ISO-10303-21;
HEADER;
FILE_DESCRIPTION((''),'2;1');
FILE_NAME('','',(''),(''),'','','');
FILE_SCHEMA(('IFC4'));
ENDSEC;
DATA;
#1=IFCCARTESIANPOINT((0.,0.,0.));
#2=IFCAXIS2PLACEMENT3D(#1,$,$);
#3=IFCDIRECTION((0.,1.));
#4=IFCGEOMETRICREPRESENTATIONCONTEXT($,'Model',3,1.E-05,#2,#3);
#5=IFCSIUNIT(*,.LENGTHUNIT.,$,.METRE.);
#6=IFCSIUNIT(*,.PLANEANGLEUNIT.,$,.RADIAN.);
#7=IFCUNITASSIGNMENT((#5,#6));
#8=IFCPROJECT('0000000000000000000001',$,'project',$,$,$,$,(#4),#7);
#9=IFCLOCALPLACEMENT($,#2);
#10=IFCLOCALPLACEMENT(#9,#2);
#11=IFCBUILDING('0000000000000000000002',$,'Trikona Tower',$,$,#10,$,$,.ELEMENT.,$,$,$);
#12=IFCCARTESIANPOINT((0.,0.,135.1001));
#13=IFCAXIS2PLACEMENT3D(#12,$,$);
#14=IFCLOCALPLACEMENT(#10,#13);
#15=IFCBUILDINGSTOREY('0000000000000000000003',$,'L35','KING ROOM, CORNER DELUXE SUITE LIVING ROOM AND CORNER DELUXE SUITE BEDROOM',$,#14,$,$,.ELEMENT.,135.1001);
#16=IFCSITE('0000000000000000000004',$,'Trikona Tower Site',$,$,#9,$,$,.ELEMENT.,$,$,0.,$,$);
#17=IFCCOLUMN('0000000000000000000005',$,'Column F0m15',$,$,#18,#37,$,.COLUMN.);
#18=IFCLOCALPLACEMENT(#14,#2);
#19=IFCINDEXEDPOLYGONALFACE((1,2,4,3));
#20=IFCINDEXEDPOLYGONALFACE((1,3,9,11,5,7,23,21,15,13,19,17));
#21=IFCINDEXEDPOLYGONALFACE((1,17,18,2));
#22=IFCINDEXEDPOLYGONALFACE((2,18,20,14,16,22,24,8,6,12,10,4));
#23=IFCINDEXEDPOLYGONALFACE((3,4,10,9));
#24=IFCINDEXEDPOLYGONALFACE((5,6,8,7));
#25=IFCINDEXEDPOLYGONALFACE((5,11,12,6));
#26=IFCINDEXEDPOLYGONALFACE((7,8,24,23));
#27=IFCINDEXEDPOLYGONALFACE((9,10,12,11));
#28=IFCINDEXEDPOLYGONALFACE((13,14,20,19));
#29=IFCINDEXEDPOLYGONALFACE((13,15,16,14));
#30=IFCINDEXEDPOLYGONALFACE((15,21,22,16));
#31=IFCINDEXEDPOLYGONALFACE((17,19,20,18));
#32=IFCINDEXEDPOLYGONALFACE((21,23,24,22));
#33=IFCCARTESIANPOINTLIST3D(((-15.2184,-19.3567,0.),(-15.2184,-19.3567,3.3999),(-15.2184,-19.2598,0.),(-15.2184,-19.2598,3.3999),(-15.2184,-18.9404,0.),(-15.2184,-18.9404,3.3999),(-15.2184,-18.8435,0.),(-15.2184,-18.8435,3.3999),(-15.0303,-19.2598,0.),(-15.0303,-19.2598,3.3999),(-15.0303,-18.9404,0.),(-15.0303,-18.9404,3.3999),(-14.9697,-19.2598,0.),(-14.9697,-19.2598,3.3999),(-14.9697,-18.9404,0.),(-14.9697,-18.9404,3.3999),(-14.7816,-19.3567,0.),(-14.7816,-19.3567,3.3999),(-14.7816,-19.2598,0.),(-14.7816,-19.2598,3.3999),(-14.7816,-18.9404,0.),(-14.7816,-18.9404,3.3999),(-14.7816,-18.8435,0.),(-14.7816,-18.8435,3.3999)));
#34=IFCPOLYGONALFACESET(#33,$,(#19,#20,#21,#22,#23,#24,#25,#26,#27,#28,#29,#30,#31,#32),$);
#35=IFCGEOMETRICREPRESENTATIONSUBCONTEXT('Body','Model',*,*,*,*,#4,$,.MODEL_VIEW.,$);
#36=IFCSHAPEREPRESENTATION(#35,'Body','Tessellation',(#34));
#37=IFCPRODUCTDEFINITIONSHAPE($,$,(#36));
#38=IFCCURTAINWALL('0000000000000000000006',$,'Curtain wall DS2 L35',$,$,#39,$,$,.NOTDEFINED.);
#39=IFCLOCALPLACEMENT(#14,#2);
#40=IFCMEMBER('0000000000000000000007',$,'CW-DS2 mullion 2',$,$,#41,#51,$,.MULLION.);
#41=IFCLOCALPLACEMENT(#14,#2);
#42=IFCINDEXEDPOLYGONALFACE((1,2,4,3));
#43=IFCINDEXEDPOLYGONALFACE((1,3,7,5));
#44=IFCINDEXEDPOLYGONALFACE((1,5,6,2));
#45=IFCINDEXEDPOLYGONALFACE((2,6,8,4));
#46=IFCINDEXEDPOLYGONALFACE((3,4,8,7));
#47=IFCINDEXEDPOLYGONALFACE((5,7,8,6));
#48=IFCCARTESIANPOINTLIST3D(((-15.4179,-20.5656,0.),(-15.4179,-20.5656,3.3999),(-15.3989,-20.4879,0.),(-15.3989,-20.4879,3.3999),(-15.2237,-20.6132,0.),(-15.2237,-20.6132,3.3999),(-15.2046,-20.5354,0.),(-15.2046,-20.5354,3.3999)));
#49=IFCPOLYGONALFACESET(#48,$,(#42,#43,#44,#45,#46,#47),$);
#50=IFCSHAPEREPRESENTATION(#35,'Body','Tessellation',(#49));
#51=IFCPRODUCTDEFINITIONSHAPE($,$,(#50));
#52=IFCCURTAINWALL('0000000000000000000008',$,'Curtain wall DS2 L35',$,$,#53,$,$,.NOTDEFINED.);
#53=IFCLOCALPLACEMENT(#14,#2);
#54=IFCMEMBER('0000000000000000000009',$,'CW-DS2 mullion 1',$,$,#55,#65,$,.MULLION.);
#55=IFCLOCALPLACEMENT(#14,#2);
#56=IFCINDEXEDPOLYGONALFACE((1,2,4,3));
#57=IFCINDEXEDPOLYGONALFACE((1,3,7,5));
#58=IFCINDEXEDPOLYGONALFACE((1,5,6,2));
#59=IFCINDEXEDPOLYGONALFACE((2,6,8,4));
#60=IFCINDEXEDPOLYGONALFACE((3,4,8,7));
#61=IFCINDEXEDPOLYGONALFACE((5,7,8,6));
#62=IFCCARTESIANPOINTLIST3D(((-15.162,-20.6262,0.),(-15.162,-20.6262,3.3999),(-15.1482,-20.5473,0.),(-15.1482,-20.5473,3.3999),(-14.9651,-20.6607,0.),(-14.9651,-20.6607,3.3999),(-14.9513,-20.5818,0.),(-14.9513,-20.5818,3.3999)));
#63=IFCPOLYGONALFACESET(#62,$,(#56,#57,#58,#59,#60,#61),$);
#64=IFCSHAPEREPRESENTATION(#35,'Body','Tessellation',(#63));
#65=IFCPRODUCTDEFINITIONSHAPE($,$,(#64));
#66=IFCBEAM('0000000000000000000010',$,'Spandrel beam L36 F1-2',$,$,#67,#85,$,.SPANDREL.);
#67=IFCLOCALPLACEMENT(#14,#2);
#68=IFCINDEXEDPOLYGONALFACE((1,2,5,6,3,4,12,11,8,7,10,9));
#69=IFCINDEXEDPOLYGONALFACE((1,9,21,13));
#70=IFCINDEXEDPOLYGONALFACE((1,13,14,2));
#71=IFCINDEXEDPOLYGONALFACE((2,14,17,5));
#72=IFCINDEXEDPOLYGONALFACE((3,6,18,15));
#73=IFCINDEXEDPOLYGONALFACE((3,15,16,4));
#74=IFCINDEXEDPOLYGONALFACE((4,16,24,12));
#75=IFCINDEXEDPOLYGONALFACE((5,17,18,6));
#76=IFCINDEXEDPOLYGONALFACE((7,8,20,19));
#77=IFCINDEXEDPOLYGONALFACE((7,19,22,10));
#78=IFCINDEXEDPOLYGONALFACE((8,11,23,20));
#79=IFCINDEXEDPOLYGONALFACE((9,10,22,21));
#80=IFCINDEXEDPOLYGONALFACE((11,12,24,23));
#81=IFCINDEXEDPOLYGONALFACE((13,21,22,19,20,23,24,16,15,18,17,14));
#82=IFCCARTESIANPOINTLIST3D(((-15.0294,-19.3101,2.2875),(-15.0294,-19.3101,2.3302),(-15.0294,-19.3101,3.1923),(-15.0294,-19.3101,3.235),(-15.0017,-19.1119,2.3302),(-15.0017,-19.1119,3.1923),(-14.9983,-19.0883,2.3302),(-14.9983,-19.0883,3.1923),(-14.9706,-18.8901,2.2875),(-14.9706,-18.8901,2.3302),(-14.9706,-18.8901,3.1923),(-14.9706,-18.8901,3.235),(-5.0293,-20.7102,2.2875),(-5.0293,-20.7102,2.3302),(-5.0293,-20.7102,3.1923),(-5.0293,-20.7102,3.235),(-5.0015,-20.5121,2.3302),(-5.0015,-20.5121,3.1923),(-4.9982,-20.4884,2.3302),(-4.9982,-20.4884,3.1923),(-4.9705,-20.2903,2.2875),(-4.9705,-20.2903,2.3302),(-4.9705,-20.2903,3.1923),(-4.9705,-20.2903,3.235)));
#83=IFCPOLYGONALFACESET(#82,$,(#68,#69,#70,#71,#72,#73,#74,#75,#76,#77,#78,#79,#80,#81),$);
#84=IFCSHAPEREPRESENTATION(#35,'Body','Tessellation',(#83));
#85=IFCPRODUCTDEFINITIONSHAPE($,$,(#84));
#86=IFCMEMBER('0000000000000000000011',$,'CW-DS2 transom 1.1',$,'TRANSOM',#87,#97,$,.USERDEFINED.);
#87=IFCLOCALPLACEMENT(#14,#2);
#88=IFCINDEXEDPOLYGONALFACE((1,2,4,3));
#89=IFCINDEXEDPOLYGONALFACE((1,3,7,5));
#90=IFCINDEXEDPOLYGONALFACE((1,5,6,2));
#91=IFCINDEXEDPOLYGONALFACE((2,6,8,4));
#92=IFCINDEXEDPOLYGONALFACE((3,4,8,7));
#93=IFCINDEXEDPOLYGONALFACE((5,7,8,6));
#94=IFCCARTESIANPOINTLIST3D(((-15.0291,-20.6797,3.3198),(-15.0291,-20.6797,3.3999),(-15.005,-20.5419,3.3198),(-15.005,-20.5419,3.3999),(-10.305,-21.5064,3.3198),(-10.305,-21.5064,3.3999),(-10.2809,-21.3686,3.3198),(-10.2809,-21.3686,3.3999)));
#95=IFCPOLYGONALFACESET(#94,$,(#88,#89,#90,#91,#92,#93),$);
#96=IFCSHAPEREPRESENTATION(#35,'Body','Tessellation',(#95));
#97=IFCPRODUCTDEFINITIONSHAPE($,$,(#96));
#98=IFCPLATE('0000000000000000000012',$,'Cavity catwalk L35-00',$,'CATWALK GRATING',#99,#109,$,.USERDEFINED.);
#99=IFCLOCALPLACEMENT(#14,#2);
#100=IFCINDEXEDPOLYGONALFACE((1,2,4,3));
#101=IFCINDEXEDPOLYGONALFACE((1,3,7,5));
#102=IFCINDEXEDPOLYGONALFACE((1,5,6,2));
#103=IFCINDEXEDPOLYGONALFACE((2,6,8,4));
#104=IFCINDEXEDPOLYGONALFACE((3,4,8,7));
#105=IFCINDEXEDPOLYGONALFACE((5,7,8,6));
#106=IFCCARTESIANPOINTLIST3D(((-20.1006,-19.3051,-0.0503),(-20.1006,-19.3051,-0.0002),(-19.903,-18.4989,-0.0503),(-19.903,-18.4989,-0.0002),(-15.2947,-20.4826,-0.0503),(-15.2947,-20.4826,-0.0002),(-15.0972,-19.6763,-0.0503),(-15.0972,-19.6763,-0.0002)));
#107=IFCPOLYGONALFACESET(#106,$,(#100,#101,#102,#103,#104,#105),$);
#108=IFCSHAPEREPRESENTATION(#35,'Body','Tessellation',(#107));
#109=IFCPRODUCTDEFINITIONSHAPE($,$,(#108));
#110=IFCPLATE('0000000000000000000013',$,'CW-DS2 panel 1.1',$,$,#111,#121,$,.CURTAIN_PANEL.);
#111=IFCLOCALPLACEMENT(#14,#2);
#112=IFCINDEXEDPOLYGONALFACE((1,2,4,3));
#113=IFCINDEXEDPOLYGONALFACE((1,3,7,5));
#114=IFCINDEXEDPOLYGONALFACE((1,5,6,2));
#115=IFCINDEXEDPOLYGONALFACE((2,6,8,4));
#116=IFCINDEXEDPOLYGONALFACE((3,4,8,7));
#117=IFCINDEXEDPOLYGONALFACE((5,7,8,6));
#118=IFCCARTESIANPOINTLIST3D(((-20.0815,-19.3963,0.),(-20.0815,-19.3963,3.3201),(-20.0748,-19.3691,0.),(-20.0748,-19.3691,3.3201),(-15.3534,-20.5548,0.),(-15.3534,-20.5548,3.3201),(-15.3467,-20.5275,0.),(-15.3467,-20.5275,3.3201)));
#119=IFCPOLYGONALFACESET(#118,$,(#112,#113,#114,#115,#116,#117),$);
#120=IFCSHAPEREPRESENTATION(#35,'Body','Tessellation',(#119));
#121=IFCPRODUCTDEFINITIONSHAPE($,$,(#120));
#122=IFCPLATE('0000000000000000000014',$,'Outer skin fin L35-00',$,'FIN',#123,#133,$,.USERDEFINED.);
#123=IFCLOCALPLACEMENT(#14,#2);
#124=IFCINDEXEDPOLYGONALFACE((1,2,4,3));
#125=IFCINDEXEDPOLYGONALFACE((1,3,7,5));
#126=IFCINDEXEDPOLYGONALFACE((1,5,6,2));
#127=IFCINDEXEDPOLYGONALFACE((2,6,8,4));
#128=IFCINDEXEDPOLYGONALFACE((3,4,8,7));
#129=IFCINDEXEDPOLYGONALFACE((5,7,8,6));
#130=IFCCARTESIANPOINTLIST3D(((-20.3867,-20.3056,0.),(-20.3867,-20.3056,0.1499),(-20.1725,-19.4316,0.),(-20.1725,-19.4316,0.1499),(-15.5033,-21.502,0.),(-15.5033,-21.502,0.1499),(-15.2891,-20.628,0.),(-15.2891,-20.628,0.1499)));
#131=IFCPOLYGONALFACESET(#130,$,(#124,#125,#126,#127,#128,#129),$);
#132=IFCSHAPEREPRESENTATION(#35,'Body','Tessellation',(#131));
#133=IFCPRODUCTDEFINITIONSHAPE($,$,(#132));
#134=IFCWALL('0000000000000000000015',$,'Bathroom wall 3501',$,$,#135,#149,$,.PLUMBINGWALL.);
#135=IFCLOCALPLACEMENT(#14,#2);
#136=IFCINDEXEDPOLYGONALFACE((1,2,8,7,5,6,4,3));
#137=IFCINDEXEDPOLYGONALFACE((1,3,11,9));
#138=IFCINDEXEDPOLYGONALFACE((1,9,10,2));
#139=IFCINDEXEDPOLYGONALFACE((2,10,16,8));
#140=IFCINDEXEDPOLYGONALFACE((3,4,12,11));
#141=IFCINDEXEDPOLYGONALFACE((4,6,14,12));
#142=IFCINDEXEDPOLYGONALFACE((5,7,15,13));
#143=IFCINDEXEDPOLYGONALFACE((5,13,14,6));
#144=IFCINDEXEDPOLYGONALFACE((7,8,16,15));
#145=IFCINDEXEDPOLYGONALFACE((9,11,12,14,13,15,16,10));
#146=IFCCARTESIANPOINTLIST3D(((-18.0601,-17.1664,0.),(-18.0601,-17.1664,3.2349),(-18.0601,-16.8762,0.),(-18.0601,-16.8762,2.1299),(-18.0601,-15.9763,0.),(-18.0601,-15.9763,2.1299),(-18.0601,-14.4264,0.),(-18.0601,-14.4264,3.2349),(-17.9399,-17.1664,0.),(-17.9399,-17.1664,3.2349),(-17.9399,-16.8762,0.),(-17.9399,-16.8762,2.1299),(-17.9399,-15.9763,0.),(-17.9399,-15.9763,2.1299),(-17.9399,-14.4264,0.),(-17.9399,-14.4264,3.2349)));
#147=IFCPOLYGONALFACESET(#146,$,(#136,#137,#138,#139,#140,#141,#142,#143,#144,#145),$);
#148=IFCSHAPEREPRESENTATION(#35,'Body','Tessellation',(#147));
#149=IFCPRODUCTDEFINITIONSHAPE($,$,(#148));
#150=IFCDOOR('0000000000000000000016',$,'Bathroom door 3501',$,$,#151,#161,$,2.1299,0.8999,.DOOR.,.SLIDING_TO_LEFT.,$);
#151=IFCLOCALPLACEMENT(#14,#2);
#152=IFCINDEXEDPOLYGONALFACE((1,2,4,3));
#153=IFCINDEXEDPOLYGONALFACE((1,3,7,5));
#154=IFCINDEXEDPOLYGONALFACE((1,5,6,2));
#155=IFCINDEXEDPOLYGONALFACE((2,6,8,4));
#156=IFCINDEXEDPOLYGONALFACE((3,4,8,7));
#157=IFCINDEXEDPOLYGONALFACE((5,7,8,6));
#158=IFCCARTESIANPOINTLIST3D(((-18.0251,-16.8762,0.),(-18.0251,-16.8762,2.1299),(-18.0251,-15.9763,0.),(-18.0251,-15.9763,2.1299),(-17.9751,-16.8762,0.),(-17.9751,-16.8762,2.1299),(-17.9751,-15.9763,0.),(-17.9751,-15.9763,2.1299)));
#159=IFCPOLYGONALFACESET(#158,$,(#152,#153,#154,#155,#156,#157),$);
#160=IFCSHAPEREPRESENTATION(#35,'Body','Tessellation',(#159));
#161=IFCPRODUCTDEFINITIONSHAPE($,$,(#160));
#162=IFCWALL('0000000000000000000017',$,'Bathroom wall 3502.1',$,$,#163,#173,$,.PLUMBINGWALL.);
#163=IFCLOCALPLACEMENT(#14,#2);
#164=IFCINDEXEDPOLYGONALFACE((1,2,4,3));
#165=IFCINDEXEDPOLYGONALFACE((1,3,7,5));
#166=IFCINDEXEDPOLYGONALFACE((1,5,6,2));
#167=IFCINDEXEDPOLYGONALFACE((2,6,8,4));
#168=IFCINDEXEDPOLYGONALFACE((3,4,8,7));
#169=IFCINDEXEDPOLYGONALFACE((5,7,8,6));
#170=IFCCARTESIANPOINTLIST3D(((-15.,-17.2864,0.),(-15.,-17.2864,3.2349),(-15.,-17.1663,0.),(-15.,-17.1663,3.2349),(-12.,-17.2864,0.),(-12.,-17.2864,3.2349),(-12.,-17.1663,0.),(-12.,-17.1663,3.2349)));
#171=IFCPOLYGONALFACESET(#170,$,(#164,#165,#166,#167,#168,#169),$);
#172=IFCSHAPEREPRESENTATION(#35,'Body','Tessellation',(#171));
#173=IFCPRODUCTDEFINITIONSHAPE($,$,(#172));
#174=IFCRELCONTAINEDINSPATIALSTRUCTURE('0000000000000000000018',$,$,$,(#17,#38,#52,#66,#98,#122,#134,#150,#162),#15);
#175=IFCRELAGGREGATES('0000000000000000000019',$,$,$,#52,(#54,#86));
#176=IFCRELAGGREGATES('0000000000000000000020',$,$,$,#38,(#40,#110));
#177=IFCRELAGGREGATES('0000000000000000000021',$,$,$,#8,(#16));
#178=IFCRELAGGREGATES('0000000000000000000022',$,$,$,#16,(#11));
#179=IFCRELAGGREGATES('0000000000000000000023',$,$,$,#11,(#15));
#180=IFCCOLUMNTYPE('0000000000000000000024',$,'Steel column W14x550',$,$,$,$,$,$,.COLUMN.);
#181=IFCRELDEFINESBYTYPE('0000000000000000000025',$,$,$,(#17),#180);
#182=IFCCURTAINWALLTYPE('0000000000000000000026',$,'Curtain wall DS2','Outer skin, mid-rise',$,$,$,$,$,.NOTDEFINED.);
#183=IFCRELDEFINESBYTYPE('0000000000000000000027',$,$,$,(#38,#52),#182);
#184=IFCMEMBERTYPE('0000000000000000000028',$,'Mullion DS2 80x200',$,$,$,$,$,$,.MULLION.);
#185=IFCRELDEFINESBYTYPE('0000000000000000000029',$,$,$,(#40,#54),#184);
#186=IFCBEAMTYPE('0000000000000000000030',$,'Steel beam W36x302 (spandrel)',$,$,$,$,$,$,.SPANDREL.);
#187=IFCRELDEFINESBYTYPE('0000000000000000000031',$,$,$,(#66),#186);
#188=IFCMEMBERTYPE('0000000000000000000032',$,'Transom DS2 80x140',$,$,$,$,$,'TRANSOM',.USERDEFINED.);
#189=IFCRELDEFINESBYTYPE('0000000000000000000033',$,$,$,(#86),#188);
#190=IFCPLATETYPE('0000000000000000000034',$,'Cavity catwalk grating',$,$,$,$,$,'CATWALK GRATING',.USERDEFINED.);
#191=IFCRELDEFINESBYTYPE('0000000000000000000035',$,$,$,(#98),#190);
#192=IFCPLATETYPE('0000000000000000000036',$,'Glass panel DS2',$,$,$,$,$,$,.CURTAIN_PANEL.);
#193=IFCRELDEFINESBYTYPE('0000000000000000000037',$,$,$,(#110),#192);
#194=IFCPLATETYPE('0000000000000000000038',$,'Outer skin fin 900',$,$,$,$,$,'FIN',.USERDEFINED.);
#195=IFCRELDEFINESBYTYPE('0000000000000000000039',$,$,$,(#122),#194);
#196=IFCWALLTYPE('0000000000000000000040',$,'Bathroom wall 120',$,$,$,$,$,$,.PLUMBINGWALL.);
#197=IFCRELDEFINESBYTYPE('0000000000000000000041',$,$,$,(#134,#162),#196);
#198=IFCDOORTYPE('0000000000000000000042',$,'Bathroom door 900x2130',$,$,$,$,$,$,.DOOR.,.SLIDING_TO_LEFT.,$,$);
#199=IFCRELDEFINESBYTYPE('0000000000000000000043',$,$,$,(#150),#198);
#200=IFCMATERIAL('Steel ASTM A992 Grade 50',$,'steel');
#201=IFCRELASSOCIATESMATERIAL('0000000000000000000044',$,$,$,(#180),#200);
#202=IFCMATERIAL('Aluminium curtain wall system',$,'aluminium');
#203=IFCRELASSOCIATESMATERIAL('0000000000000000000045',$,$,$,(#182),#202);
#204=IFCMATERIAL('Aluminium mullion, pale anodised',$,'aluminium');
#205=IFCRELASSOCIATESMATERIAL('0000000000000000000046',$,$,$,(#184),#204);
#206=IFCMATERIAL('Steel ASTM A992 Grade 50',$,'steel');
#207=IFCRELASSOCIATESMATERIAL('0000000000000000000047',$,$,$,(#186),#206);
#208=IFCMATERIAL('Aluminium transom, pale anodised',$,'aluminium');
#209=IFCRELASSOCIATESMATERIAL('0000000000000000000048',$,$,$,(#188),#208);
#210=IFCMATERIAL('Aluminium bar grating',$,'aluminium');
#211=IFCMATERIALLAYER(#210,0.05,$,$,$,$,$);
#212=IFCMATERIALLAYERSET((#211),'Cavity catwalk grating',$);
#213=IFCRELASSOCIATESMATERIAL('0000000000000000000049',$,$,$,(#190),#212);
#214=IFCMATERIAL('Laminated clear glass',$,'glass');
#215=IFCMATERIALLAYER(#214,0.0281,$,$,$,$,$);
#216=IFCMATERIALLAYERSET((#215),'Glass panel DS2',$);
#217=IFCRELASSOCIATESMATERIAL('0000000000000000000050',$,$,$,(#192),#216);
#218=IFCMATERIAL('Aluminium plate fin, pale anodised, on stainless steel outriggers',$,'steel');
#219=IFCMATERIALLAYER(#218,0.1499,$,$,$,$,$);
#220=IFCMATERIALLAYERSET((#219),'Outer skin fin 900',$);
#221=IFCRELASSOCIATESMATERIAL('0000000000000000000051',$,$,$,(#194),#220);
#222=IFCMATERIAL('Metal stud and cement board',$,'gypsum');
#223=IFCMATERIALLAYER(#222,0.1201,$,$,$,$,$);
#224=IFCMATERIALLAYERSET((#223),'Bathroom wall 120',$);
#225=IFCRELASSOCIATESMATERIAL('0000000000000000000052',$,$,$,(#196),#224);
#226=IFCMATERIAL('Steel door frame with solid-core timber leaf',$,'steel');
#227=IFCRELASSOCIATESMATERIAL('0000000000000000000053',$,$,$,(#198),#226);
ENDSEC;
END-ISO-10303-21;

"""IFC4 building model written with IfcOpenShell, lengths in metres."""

from ifc_helpers import new_model, si_unit, direction, frame, frame_2d, origin, origin_2d, place, context, subcontext, project, spatial, rectangle, i_section, extrude, material, layer, layer_set, material_profile, profile_set, type_object, element, fill, aggregate, save


model = new_model("IFC4")

# Units and contexts
model_context = context("Model", 3, precision=1e-05, world=origin(), true_north=direction((0.0, 1.0)))
body_context = subcontext(model_context, "Body", "Model", "MODEL_VIEW")
ifc_project = project(units=[si_unit("LENGTHUNIT", "METRE"), si_unit("PLANEANGLEUNIT", "RADIAN")], contexts=[model_context])

# Site, building, storey
site_placement = place(None, origin())
site = spatial("IfcSite", under=ifc_project, at=site_placement, Name="Trikona Tower Site", CompositionType="ELEMENT", RefElevation=0.0)
building_placement = place(site_placement, origin())
building = spatial("IfcBuilding", under=site, at=building_placement, Name="Trikona Tower", CompositionType="ELEMENT")
storey_placement = place(building_placement, frame((0.0, 0.0, 135.1001)))
storey = spatial("IfcBuildingStorey", under=building, at=storey_placement, Name="L35", Description="KING ROOM, CORNER DELUXE SUITE LIVING ROOM AND CORNER DELUXE SUITE BEDROOM", CompositionType="ELEMENT", Elevation=135.1001)

# Column
ifc_material_1 = material(Name="Steel ASTM A992 Grade 50", Category="steel")
ifc_material_profile_1 = material_profile(ifc_material_1, i_section(OverallWidth=0.4368, OverallDepth=0.5132, WebThickness=0.0605, FlangeThickness=0.0969, at=origin_2d()), Name="W14X550")
ifc_profile_set_1 = profile_set([ifc_material_profile_1], Name="Steel ASTM A992 Grade 50")
column_type = type_object("IfcColumnType", Name="Steel column W14x550", PredefinedType="COLUMN", material=ifc_profile_set_1)
column_placement = place(storey_placement, frame((-15.0, -19.1001, 0.0), z_axis=(0.0, 0.0, 1.0), x_axis=(1.0, 0.0, 0.0)))
element("IfcColumn", 1, at=column_placement, inside=storey, type_object=column_type, Name="Column F0m15", PredefinedType="COLUMN", context=body_context, shape_type="SweptSolid", body=[
    extrude(i_section(OverallWidth=0.4368, OverallDepth=0.5132, WebThickness=0.0605, FlangeThickness=0.0969, at=origin_2d()), origin(), (0.0, 0.0, 1.0), 3.3999),
])

# Curtain walls, members
ifc_material_2 = material(Name="Aluminium curtain wall system", Category="aluminium")
curtain_wall_type = type_object("IfcCurtainWallType", Name="Curtain wall DS2", Description="Outer skin, mid-rise", PredefinedType="NOTDEFINED", material=ifc_material_2)
curtain_wall_1_placement = place(storey_placement, origin())
curtain_wall_1 = element("IfcCurtainWall", 2, at=curtain_wall_1_placement, inside=storey, type_object=curtain_wall_type, Name="Curtain wall DS2 L35", PredefinedType="NOTDEFINED")
ifc_material_3 = material(Name="Aluminium mullion, pale anodised", Category="aluminium")
ifc_material_profile_2 = material_profile(ifc_material_3, rectangle(XDim=0.0801, YDim=0.2, at=origin_2d()), Name="MUL-DS2")
ifc_profile_set_2 = profile_set([ifc_material_profile_2], Name="Aluminium mullion, pale anodised")
member_type_1 = type_object("IfcMemberType", Name="Mullion DS2 80x200", PredefinedType="MULLION", material=ifc_profile_set_2)
member_1_placement = place(storey_placement, frame((-15.3113, -20.5505, 0.0), z_axis=(0.0, 0.0, 1.0), x_axis=(0.23797, 0.971272, 0.0)))
member_1 = element("IfcMember", 3, at=member_1_placement, type_object=member_type_1, Name="CW-DS2 mullion 2", PredefinedType="MULLION", context=body_context, shape_type="SweptSolid", body=[
    extrude(rectangle(XDim=0.0801, YDim=0.2, at=origin_2d()), origin(), (0.0, 0.0, 1.0), 3.3999),
])
curtain_wall_2_placement = place(storey_placement, origin())
curtain_wall_2 = element("IfcCurtainWall", 4, at=curtain_wall_2_placement, inside=storey, type_object=curtain_wall_type, Name="Curtain wall DS2 L35", PredefinedType="NOTDEFINED")
member_2_placement = place(storey_placement, frame((-15.0566, -20.604, 0.0), z_axis=(0.0, 0.0, 1.0), x_axis=(0.172377, 0.985031, 0.0)))
member_2 = element("IfcMember", 5, at=member_2_placement, type_object=member_type_1, Name="CW-DS2 mullion 1", PredefinedType="MULLION", context=body_context, shape_type="SweptSolid", body=[
    extrude(rectangle(XDim=0.0801, YDim=0.2, at=origin_2d()), origin(), (0.0, 0.0, 1.0), 3.3999),
])

# Beam
ifc_material_4 = material(Name="Steel ASTM A992 Grade 50", Category="steel")
ifc_material_profile_3 = material_profile(ifc_material_4, i_section(OverallWidth=0.4241, OverallDepth=0.9475, WebThickness=0.0239, FlangeThickness=0.0427, at=origin_2d()), Name="W36X302")
ifc_profile_set_3 = profile_set([ifc_material_profile_3], Name="Steel ASTM A992 Grade 50")
beam_type = type_object("IfcBeamType", Name="Steel beam W36x302 (spandrel)", PredefinedType="SPANDREL", material=ifc_profile_set_3)
beam_placement = place(storey_placement, frame((-15.0, -19.1001, 2.7612), z_axis=(0.99034, -0.138662, 0.0), x_axis=(0.138662, 0.99034, 0.0)))
element("IfcBeam", 6, at=beam_placement, inside=storey, type_object=beam_type, Name="Spandrel beam L36 F1-2", PredefinedType="SPANDREL", context=body_context, shape_type="SweptSolid", body=[
    extrude(i_section(OverallWidth=0.4241, OverallDepth=0.9475, WebThickness=0.0239, FlangeThickness=0.0427, at=origin_2d()), origin(), (0.0, 0.0, 1.0), 10.0977),
])

# Member
ifc_material_5 = material(Name="Aluminium transom, pale anodised", Category="aluminium")
ifc_material_profile_4 = material_profile(ifc_material_5, rectangle(XDim=0.1399, YDim=0.0801, at=origin_2d()), Name="TRN-DS2")
ifc_profile_set_4 = profile_set([ifc_material_profile_4], Name="Aluminium transom, pale anodised")
member_type_2 = type_object("IfcMemberType", Name="Transom DS2 80x140", ElementType="TRANSOM", PredefinedType="USERDEFINED", material=ifc_profile_set_4)
member_3_placement = place(storey_placement, frame((-15.0171, -20.6108, 3.3599), z_axis=(0.985033, -0.172368, 0.0), x_axis=(0.172368, 0.985033, 0.0)))
member_3 = element("IfcMember", 7, at=member_3_placement, type_object=member_type_2, Name="CW-DS2 transom 1.1", ObjectType="TRANSOM", PredefinedType="USERDEFINED", context=body_context, shape_type="SweptSolid", body=[
    extrude(rectangle(XDim=0.1399, YDim=0.0801, at=origin_2d()), origin(), (0.0, 0.0, 1.0), 4.7959),
])
aggregate(curtain_wall_2, [member_2, member_3])

# Plates
ifc_material_6 = material(Name="Aluminium bar grating", Category="aluminium")
ifc_layer_1 = layer(ifc_material_6, 0.05)
ifc_layer_set_1 = layer_set([ifc_layer_1], Name="Cavity catwalk grating")
plate_type_1 = type_object("IfcPlateType", Name="Cavity catwalk grating", ElementType="CATWALK GRATING", PredefinedType="USERDEFINED", material=ifc_layer_set_1)
plate_1_placement = place(storey_placement, frame((-17.5989, -19.4907, -0.0503), z_axis=(0.0, 0.0, 1.0), x_axis=(0.971274, -0.237962, 0.0)))
element("IfcPlate", 8, at=plate_1_placement, inside=storey, type_object=plate_type_1, Name="Cavity catwalk L35-00", ObjectType="CATWALK GRATING", PredefinedType="USERDEFINED", context=body_context, shape_type="SweptSolid", body=[
    extrude(rectangle(XDim=4.948, YDim=0.8301, at=origin_2d()), origin(), (0.0, 0.0, 1.0), 0.05),
])
ifc_material_7 = material(Name="Laminated clear glass", Category="glass")
ifc_layer_2 = layer(ifc_material_7, 0.0281)
ifc_layer_set_2 = layer_set([ifc_layer_2], Name="Glass panel DS2")
plate_type_2 = type_object("IfcPlateType", Name="Glass panel DS2", PredefinedType="CURTAIN_PANEL", material=ifc_layer_set_2)
plate_2_placement = place(storey_placement, frame((-17.7141, -19.9619, 0.0), z_axis=(0.0, 0.0, 1.0), x_axis=(0.971272, -0.23797, 0.0)))
plate_2 = element("IfcPlate", 9, at=plate_2_placement, type_object=plate_type_2, Name="CW-DS2 panel 1.1", PredefinedType="CURTAIN_PANEL", context=body_context, shape_type="SweptSolid", body=[
    extrude(rectangle(XDim=4.8679, YDim=0.0281, at=origin_2d()), origin(), (0.0, 0.0, 1.0), 3.3201),
])
aggregate(curtain_wall_1, [member_1, plate_2])
ifc_material_8 = material(Name="Aluminium plate fin, pale anodised, on stainless steel outriggers", Category="steel")
ifc_layer_3 = layer(ifc_material_8, 0.1499)
ifc_layer_set_3 = layer_set([ifc_layer_3], Name="Outer skin fin 900")
plate_type_3 = type_object("IfcPlateType", Name="Outer skin fin 900", ElementType="FIN", PredefinedType="USERDEFINED", material=ifc_layer_set_3)
plate_3_placement = place(storey_placement, frame((-17.8379, -20.4668, 0.0), z_axis=(0.0, 0.0, 1.0), x_axis=(0.971274, -0.237962, 0.0)))
element("IfcPlate", 10, at=plate_3_placement, inside=storey, type_object=plate_type_3, Name="Outer skin fin L35-00", ObjectType="FIN", PredefinedType="USERDEFINED", context=body_context, shape_type="SweptSolid", body=[
    extrude(rectangle(XDim=5.0278, YDim=0.8999, at=origin_2d()), origin(), (0.0, 0.0, 1.0), 0.1499),
])

# Wall, opening, door
ifc_material_9 = material(Name="Metal stud and cement board", Category="gypsum")
ifc_layer_4 = layer(ifc_material_9, 0.1201)
ifc_layer_set_4 = layer_set([ifc_layer_4], Name="Bathroom wall 120")
wall_type_1 = type_object("IfcWallType", Name="Bathroom wall 120", PredefinedType="PLUMBINGWALL", material=ifc_layer_set_4)
wall_1_placement = place(storey_placement, frame((-18.0, -14.4263, 0.0), z_axis=(0.0, 0.0, 1.0), x_axis=(0.0, -1.0, 0.0)))
wall_1 = element("IfcWall", 11, at=wall_1_placement, inside=storey, type_object=wall_type_1, Name="Bathroom wall 3501", PredefinedType="PLUMBINGWALL", context=body_context, shape_type="SweptSolid", body=[
    extrude(rectangle(XDim=2.74, YDim=0.1201, at=frame_2d((1.3701, 0.0))), origin(), (0.0, 0.0, 1.0), 3.2349),
])
opening_placement = place(wall_1_placement, frame((1.55, 0.0, 0.0)))
opening = element("IfcOpeningElement", 12, at=opening_placement, cuts=wall_1, PredefinedType="OPENING", context=body_context, shape_type="SweptSolid", body=[
    extrude(rectangle(XDim=0.8999, YDim=2.1299, at=frame_2d((0.45, 1.0649))), frame((0.0, 0.0701, 0.0), z_axis=(0.0, -1.0, 0.0), x_axis=(1.0, 0.0, 0.0)), (0.0, 0.0, 1.0), 0.1401),
])
ifc_material_10 = material(Name="Steel door frame with solid-core timber leaf", Category="steel")
door_type = type_object("IfcDoorType", Name="Bathroom door 900x2130", OperationType="SLIDING_TO_LEFT", PredefinedType="DOOR", material=ifc_material_10)
door_placement = place(opening_placement, origin())
door = element("IfcDoor", 13, at=door_placement, inside=storey, type_object=door_type, Name="Bathroom door 3501", OperationType="SLIDING_TO_LEFT", OverallHeight=2.1299, OverallWidth=0.8999, PredefinedType="DOOR", context=body_context, shape_type="SweptSolid", body=[
    extrude(rectangle(XDim=0.8999, YDim=2.1299, at=frame_2d((0.45, 1.0649))), frame((0.0, 0.0249, 0.0), z_axis=(0.0, -1.0, 0.0), x_axis=(1.0, 0.0, 0.0)), (0.0, 0.0, 1.0), 0.05),
])
fill(opening, door)

# Wall
wall_2_placement = place(storey_placement, frame((-15.0, -17.2263, 0.0), z_axis=(0.0, 0.0, 1.0), x_axis=(1.0, 0.0, 0.0)))
element("IfcWall", 14, at=wall_2_placement, inside=storey, type_object=wall_type_1, Name="Bathroom wall 3502.1", PredefinedType="PLUMBINGWALL", context=body_context, shape_type="SweptSolid", body=[
    extrude(rectangle(XDim=3.0, YDim=0.1201, at=frame_2d((1.5, 0.0))), origin(), (0.0, 0.0, 1.0), 3.2349),
])

save(model, "model.ifc")
